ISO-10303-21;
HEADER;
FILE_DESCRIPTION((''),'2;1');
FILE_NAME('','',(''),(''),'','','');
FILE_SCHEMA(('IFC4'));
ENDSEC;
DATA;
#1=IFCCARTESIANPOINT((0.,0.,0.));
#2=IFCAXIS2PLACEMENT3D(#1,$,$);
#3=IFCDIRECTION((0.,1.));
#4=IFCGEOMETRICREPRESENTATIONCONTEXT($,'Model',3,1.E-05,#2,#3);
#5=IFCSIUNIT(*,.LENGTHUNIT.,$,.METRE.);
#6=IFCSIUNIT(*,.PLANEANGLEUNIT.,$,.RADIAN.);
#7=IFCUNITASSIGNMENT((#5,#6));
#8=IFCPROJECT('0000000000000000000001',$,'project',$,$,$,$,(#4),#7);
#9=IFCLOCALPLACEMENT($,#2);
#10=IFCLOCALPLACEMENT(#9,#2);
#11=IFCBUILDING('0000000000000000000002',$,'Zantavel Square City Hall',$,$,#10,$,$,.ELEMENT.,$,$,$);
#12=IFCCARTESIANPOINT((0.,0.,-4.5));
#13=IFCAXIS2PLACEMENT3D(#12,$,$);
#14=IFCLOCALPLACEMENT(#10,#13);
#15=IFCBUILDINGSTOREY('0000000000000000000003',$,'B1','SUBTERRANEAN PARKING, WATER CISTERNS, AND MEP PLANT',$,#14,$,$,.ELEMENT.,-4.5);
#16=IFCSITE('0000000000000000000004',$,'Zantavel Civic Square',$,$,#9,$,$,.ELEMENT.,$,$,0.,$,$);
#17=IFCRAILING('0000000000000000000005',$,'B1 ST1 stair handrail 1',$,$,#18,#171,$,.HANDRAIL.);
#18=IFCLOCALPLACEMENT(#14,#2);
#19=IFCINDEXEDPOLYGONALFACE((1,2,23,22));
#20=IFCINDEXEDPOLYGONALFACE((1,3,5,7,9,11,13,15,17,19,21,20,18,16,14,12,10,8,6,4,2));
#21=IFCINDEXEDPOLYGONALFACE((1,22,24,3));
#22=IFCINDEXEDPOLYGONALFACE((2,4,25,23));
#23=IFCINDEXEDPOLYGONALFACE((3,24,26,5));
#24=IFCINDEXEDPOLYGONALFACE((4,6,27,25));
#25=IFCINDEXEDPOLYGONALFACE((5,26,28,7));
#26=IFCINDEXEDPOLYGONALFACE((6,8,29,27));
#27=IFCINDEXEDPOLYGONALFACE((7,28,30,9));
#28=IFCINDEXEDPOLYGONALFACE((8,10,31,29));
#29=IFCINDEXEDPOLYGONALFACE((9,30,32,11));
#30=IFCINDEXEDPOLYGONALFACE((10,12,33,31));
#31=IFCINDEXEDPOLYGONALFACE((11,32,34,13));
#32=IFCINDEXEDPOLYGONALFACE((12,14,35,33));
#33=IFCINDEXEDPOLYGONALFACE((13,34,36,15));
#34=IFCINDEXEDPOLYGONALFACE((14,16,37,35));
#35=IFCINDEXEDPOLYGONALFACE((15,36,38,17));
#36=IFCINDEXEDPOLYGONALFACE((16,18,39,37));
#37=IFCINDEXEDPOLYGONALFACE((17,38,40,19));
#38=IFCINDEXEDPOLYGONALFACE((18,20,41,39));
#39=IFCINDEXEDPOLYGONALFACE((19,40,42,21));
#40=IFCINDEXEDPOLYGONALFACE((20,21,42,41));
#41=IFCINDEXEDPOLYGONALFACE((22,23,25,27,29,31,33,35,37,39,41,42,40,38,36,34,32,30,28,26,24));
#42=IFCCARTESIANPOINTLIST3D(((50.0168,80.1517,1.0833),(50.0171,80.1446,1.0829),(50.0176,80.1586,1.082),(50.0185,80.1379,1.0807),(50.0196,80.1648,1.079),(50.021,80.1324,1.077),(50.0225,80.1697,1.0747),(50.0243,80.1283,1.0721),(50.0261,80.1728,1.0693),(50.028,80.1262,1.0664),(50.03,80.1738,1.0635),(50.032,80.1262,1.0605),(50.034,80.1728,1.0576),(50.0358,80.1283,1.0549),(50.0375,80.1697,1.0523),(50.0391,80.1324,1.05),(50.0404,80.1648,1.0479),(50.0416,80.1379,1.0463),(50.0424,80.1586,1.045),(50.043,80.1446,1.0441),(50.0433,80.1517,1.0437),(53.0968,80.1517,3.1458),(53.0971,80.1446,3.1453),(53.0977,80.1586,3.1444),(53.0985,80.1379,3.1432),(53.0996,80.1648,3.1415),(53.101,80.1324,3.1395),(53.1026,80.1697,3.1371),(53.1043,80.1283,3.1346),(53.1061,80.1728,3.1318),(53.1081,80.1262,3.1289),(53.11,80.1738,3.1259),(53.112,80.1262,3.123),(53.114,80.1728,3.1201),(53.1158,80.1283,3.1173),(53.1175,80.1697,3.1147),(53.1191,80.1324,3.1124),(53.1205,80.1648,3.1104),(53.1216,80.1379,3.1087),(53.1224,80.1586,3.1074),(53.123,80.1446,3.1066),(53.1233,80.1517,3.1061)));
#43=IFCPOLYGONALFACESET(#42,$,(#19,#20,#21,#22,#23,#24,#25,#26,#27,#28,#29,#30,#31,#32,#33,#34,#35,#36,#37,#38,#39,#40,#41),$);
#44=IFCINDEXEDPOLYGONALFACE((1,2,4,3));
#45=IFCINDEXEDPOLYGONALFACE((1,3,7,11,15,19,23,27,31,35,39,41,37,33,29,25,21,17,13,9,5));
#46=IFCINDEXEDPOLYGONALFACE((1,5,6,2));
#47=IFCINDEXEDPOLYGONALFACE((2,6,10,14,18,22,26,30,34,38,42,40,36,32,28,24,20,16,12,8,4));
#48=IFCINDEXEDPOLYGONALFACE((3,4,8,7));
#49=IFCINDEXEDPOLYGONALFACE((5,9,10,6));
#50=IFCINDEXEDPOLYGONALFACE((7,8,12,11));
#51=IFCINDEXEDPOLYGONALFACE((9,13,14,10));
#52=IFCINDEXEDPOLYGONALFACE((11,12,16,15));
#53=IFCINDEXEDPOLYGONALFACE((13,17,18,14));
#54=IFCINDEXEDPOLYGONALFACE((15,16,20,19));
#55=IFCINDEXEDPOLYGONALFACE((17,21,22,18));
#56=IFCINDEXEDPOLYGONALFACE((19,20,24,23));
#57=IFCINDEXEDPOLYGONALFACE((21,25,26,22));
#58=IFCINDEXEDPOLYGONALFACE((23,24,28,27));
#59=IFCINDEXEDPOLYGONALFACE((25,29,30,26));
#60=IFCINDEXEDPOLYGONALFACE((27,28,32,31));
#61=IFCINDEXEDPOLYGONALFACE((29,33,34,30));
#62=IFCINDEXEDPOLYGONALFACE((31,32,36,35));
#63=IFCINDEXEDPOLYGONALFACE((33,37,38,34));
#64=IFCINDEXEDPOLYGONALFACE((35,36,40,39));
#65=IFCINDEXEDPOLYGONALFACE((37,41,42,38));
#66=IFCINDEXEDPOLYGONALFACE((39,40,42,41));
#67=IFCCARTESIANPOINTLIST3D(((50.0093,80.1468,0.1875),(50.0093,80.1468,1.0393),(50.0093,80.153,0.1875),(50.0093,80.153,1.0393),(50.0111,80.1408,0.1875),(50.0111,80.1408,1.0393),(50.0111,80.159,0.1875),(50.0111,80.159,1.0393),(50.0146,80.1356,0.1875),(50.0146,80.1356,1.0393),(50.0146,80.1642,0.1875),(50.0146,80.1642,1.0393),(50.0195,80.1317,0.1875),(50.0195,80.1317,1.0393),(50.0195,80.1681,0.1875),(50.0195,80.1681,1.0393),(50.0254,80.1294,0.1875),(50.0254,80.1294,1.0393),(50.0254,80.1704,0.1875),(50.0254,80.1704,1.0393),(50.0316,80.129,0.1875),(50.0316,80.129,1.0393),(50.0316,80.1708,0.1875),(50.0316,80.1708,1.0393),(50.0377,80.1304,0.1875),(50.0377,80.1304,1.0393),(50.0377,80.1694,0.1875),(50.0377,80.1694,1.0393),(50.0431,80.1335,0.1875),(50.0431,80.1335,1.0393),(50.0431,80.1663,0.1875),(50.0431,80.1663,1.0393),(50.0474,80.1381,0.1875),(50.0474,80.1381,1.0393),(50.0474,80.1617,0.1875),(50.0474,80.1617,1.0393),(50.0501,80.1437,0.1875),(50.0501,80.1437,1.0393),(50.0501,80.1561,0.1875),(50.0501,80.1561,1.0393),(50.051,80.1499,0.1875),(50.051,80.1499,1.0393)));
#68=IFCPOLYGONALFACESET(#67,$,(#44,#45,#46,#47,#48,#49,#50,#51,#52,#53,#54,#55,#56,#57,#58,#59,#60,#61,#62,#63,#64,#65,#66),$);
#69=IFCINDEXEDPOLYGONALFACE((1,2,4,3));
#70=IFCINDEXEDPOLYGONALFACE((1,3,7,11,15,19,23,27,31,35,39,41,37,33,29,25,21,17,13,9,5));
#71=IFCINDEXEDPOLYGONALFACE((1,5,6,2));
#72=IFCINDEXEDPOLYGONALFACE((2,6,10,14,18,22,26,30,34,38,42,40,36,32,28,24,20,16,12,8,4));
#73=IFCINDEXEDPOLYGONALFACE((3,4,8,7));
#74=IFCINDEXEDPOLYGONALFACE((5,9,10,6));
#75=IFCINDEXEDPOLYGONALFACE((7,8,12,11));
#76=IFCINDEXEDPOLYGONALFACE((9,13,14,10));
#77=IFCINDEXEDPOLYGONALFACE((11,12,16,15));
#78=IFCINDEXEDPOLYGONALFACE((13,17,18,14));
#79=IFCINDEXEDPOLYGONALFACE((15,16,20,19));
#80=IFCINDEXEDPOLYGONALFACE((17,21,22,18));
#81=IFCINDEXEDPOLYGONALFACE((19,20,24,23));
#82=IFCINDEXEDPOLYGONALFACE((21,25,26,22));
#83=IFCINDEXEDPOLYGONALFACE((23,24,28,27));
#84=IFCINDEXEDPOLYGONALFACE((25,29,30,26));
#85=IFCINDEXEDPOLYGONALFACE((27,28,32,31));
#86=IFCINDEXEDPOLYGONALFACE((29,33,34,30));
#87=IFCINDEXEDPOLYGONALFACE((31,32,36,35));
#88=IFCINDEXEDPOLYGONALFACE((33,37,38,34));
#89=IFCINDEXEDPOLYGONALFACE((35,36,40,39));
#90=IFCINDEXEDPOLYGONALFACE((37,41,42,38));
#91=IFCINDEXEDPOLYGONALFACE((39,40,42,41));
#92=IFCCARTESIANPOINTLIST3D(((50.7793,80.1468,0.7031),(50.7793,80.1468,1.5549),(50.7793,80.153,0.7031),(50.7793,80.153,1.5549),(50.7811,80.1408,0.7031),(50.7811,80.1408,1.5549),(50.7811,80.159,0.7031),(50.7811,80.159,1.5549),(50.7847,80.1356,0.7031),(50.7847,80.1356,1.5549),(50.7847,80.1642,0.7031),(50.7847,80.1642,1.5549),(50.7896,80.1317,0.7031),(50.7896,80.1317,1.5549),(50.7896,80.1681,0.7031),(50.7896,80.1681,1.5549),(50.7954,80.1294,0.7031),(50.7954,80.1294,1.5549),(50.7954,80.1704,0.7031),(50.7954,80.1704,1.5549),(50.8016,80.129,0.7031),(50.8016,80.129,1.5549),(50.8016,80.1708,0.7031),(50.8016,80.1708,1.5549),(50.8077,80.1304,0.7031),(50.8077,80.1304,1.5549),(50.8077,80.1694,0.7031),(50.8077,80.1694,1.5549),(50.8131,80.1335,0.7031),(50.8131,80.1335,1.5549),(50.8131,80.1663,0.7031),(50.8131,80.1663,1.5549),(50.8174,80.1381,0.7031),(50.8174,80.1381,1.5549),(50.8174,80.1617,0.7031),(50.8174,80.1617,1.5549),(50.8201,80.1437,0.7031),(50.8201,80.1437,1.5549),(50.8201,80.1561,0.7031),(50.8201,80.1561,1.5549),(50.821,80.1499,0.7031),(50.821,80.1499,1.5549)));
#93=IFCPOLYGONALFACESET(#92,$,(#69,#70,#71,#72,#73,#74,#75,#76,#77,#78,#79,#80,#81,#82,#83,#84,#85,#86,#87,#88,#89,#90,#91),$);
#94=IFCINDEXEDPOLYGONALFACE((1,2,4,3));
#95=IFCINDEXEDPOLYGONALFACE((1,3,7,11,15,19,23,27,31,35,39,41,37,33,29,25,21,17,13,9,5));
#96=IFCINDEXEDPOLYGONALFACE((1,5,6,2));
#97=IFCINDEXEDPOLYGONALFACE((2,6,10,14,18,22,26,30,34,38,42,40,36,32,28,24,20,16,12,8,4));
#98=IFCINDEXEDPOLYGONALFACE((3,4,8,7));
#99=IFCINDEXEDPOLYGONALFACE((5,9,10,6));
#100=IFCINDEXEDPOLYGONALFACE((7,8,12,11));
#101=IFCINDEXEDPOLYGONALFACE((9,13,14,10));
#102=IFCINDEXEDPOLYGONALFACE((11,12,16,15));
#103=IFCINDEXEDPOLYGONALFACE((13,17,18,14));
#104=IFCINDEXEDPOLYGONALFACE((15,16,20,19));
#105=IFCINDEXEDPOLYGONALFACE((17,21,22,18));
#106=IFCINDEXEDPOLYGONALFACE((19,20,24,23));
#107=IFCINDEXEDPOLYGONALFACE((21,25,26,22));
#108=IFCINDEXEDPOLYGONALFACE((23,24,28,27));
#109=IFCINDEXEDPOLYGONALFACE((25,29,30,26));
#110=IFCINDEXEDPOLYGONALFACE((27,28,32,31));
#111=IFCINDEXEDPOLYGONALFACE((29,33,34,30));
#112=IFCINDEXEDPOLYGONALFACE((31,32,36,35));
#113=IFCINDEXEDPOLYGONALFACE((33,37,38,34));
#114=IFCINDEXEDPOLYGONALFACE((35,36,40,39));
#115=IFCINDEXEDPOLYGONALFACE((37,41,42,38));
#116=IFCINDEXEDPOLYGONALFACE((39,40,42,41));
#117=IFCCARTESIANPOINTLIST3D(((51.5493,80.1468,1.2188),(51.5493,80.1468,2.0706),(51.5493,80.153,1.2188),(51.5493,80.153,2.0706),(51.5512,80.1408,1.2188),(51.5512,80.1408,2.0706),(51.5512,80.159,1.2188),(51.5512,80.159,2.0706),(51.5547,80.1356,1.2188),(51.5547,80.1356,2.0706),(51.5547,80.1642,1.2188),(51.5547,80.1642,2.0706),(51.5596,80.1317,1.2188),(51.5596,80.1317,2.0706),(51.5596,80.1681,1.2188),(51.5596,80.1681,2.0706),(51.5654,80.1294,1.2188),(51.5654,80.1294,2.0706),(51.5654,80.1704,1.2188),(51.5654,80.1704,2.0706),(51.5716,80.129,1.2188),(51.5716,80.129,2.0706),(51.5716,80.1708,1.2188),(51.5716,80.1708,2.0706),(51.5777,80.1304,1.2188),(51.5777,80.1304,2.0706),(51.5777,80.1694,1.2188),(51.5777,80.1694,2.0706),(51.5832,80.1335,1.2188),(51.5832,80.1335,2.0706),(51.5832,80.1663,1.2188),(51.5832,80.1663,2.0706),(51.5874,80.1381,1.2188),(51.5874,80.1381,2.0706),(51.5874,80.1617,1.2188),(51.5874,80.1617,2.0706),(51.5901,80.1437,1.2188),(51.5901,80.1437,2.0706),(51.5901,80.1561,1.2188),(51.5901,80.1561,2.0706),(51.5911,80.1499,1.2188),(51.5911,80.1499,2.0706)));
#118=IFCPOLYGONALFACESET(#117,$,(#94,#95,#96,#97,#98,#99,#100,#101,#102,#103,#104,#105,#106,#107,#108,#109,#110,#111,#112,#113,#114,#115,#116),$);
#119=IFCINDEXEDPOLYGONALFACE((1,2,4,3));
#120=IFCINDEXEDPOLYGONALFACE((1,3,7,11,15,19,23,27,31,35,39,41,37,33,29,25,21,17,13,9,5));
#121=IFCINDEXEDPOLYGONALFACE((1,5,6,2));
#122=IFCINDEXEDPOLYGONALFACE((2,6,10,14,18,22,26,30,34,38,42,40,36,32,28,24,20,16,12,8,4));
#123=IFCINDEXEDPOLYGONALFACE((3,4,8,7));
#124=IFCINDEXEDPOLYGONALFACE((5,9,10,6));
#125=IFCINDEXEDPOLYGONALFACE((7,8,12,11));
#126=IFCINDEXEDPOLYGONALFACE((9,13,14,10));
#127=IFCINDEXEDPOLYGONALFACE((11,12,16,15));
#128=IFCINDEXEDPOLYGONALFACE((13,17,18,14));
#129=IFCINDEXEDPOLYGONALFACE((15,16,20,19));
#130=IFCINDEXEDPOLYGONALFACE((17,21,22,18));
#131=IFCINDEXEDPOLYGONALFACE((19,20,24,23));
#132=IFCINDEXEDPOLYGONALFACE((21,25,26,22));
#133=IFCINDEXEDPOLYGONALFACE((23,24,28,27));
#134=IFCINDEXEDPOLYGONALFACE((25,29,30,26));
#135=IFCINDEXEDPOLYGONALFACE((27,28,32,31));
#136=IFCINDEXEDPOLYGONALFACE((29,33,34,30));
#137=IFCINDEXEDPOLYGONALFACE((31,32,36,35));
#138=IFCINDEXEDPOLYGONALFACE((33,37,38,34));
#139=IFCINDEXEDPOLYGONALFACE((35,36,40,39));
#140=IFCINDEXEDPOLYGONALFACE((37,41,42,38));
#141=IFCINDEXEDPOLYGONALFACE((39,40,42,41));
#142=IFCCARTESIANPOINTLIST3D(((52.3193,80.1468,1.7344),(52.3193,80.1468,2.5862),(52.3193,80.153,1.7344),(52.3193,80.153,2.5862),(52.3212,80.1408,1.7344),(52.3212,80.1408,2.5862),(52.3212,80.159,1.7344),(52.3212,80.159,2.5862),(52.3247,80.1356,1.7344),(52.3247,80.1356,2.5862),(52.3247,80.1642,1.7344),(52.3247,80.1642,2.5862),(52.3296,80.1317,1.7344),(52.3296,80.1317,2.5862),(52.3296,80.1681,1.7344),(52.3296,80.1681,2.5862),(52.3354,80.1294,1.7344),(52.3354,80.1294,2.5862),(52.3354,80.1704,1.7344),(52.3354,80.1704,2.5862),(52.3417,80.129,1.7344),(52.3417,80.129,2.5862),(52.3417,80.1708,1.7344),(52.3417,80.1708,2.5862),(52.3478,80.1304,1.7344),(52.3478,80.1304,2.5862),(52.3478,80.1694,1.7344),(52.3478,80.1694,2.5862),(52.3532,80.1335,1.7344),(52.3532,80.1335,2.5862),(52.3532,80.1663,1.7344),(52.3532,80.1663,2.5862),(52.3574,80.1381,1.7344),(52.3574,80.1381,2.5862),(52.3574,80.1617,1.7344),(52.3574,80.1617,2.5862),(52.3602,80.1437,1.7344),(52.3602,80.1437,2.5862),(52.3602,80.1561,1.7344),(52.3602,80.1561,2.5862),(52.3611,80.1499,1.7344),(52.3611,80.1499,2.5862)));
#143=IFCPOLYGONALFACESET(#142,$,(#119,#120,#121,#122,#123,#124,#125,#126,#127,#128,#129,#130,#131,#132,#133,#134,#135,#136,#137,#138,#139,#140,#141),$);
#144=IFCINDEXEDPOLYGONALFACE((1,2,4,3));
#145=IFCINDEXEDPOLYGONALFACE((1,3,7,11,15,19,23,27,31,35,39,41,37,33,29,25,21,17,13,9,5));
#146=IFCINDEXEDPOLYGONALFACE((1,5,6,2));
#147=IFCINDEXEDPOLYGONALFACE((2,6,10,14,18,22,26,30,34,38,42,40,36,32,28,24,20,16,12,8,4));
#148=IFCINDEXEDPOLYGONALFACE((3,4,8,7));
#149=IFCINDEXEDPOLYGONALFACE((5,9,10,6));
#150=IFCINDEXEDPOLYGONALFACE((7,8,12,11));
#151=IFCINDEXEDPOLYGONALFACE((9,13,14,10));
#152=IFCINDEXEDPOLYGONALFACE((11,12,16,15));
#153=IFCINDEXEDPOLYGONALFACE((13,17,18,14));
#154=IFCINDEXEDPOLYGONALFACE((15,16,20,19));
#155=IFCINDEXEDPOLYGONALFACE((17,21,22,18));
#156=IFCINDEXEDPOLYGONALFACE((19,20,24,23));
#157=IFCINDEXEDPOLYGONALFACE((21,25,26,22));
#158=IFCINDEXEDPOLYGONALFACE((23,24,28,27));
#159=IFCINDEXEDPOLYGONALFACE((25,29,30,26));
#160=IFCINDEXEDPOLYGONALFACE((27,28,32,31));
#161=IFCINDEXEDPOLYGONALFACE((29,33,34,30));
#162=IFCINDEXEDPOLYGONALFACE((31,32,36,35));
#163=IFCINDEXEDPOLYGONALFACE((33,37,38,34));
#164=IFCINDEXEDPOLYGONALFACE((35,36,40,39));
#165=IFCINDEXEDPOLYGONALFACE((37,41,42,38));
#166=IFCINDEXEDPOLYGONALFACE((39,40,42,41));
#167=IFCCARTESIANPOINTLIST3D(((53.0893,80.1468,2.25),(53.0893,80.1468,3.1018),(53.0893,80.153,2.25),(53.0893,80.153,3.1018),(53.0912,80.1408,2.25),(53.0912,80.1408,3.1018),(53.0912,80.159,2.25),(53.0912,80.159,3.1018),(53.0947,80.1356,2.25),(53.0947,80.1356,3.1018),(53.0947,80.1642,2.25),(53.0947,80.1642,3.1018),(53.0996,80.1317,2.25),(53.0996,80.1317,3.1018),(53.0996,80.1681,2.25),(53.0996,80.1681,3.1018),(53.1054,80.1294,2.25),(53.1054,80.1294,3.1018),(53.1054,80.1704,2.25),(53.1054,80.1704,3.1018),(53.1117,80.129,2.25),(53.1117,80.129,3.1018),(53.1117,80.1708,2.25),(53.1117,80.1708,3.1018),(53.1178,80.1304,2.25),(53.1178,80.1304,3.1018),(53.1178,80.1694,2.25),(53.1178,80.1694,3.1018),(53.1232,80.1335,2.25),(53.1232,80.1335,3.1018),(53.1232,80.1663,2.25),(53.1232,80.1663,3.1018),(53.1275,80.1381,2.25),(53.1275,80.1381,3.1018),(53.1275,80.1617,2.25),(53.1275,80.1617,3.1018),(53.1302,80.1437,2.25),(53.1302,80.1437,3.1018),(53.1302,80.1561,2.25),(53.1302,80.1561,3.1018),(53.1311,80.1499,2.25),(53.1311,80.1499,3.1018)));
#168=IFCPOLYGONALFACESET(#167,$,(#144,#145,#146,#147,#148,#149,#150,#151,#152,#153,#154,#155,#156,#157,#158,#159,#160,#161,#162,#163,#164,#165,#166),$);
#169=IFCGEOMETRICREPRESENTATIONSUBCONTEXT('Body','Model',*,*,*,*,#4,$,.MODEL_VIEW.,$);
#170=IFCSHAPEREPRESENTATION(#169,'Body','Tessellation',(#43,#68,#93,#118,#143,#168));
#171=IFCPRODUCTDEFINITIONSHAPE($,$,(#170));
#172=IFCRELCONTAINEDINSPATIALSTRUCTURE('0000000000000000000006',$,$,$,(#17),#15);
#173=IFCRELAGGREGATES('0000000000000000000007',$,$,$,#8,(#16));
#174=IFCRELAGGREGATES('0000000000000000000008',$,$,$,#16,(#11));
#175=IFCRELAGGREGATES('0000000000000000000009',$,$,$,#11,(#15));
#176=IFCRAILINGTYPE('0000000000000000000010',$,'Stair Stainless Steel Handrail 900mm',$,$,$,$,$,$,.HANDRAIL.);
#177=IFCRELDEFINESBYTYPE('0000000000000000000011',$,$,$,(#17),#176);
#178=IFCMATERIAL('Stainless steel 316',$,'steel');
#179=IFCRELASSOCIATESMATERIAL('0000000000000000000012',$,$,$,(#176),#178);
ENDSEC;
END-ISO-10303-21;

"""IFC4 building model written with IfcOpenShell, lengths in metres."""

from ifc_helpers import new_model, si_unit, direction, frame, origin, origin_2d, place, context, subcontext, project, spatial, circle, extrude, material, type_object, element, save


model = new_model("IFC4")

# Units and contexts
model_context = context("Model", 3, precision=1e-05, world=origin(), true_north=direction((0.0, 1.0)))
body_context = subcontext(model_context, "Body", "Model", "MODEL_VIEW")
ifc_project = project(units=[si_unit("LENGTHUNIT", "METRE"), si_unit("PLANEANGLEUNIT", "RADIAN")], contexts=[model_context])

# Site, building, storey
site_placement = place(None, origin())
site = spatial("IfcSite", under=ifc_project, at=site_placement, Name="Zantavel Civic Square", CompositionType="ELEMENT", RefElevation=0.0)
building_placement = place(site_placement, origin())
building = spatial("IfcBuilding", under=site, at=building_placement, Name="Zantavel Square City Hall", CompositionType="ELEMENT")
storey_placement = place(building_placement, frame((0.0, 0.0, -4.5)))
storey = spatial("IfcBuildingStorey", under=building, at=storey_placement, Name="B1", Description="SUBTERRANEAN PARKING, WATER CISTERNS, AND MEP PLANT", CompositionType="ELEMENT", Elevation=-4.5)

# Railing
ifc_material_1 = material(Name="Stainless steel 316", Category="steel")
railing_type_1 = type_object("IfcRailingType", Name="Stair Stainless Steel Handrail 900mm", PredefinedType="HANDRAIL", material=ifc_material_1)
railing_1_placement = place(storey_placement, frame((50.03, 80.1499, 0.1875)))
element("IfcRailing", 1, at=railing_1_placement, inside=storey, type_object=railing_type_1, Name="B1 ST1 stair handrail 1", PredefinedType="HANDRAIL", context=body_context, shape_type="SweptSolid", body=[
    extrude(circle(Radius=0.0239, at=origin_2d()), frame((0.0, 0.0, 0.876), z_axis=(0.830914, 0.0, 0.556401), x_axis=(0.0, 1.0, 0.0)), (0.0, 0.0, 1.0), 3.7068),
    extrude(circle(Radius=0.021, at=origin_2d()), origin(), (0.0, 0.0, 1.0), 0.8518),
    extrude(circle(Radius=0.021, at=origin_2d()), frame((0.77, 0.0, 0.5156)), (0.0, 0.0, 1.0), 0.8518),
    extrude(circle(Radius=0.021, at=origin_2d()), frame((1.54, 0.0, 1.0312)), (0.0, 0.0, 1.0), 0.8518),
    extrude(circle(Radius=0.021, at=origin_2d()), frame((2.3101, 0.0, 1.5469)), (0.0, 0.0, 1.0), 0.8518),
    extrude(circle(Radius=0.021, at=origin_2d()), frame((3.0801, 0.0, 2.0625)), (0.0, 0.0, 1.0), 0.8518),
])

save(model, "model.ifc")
